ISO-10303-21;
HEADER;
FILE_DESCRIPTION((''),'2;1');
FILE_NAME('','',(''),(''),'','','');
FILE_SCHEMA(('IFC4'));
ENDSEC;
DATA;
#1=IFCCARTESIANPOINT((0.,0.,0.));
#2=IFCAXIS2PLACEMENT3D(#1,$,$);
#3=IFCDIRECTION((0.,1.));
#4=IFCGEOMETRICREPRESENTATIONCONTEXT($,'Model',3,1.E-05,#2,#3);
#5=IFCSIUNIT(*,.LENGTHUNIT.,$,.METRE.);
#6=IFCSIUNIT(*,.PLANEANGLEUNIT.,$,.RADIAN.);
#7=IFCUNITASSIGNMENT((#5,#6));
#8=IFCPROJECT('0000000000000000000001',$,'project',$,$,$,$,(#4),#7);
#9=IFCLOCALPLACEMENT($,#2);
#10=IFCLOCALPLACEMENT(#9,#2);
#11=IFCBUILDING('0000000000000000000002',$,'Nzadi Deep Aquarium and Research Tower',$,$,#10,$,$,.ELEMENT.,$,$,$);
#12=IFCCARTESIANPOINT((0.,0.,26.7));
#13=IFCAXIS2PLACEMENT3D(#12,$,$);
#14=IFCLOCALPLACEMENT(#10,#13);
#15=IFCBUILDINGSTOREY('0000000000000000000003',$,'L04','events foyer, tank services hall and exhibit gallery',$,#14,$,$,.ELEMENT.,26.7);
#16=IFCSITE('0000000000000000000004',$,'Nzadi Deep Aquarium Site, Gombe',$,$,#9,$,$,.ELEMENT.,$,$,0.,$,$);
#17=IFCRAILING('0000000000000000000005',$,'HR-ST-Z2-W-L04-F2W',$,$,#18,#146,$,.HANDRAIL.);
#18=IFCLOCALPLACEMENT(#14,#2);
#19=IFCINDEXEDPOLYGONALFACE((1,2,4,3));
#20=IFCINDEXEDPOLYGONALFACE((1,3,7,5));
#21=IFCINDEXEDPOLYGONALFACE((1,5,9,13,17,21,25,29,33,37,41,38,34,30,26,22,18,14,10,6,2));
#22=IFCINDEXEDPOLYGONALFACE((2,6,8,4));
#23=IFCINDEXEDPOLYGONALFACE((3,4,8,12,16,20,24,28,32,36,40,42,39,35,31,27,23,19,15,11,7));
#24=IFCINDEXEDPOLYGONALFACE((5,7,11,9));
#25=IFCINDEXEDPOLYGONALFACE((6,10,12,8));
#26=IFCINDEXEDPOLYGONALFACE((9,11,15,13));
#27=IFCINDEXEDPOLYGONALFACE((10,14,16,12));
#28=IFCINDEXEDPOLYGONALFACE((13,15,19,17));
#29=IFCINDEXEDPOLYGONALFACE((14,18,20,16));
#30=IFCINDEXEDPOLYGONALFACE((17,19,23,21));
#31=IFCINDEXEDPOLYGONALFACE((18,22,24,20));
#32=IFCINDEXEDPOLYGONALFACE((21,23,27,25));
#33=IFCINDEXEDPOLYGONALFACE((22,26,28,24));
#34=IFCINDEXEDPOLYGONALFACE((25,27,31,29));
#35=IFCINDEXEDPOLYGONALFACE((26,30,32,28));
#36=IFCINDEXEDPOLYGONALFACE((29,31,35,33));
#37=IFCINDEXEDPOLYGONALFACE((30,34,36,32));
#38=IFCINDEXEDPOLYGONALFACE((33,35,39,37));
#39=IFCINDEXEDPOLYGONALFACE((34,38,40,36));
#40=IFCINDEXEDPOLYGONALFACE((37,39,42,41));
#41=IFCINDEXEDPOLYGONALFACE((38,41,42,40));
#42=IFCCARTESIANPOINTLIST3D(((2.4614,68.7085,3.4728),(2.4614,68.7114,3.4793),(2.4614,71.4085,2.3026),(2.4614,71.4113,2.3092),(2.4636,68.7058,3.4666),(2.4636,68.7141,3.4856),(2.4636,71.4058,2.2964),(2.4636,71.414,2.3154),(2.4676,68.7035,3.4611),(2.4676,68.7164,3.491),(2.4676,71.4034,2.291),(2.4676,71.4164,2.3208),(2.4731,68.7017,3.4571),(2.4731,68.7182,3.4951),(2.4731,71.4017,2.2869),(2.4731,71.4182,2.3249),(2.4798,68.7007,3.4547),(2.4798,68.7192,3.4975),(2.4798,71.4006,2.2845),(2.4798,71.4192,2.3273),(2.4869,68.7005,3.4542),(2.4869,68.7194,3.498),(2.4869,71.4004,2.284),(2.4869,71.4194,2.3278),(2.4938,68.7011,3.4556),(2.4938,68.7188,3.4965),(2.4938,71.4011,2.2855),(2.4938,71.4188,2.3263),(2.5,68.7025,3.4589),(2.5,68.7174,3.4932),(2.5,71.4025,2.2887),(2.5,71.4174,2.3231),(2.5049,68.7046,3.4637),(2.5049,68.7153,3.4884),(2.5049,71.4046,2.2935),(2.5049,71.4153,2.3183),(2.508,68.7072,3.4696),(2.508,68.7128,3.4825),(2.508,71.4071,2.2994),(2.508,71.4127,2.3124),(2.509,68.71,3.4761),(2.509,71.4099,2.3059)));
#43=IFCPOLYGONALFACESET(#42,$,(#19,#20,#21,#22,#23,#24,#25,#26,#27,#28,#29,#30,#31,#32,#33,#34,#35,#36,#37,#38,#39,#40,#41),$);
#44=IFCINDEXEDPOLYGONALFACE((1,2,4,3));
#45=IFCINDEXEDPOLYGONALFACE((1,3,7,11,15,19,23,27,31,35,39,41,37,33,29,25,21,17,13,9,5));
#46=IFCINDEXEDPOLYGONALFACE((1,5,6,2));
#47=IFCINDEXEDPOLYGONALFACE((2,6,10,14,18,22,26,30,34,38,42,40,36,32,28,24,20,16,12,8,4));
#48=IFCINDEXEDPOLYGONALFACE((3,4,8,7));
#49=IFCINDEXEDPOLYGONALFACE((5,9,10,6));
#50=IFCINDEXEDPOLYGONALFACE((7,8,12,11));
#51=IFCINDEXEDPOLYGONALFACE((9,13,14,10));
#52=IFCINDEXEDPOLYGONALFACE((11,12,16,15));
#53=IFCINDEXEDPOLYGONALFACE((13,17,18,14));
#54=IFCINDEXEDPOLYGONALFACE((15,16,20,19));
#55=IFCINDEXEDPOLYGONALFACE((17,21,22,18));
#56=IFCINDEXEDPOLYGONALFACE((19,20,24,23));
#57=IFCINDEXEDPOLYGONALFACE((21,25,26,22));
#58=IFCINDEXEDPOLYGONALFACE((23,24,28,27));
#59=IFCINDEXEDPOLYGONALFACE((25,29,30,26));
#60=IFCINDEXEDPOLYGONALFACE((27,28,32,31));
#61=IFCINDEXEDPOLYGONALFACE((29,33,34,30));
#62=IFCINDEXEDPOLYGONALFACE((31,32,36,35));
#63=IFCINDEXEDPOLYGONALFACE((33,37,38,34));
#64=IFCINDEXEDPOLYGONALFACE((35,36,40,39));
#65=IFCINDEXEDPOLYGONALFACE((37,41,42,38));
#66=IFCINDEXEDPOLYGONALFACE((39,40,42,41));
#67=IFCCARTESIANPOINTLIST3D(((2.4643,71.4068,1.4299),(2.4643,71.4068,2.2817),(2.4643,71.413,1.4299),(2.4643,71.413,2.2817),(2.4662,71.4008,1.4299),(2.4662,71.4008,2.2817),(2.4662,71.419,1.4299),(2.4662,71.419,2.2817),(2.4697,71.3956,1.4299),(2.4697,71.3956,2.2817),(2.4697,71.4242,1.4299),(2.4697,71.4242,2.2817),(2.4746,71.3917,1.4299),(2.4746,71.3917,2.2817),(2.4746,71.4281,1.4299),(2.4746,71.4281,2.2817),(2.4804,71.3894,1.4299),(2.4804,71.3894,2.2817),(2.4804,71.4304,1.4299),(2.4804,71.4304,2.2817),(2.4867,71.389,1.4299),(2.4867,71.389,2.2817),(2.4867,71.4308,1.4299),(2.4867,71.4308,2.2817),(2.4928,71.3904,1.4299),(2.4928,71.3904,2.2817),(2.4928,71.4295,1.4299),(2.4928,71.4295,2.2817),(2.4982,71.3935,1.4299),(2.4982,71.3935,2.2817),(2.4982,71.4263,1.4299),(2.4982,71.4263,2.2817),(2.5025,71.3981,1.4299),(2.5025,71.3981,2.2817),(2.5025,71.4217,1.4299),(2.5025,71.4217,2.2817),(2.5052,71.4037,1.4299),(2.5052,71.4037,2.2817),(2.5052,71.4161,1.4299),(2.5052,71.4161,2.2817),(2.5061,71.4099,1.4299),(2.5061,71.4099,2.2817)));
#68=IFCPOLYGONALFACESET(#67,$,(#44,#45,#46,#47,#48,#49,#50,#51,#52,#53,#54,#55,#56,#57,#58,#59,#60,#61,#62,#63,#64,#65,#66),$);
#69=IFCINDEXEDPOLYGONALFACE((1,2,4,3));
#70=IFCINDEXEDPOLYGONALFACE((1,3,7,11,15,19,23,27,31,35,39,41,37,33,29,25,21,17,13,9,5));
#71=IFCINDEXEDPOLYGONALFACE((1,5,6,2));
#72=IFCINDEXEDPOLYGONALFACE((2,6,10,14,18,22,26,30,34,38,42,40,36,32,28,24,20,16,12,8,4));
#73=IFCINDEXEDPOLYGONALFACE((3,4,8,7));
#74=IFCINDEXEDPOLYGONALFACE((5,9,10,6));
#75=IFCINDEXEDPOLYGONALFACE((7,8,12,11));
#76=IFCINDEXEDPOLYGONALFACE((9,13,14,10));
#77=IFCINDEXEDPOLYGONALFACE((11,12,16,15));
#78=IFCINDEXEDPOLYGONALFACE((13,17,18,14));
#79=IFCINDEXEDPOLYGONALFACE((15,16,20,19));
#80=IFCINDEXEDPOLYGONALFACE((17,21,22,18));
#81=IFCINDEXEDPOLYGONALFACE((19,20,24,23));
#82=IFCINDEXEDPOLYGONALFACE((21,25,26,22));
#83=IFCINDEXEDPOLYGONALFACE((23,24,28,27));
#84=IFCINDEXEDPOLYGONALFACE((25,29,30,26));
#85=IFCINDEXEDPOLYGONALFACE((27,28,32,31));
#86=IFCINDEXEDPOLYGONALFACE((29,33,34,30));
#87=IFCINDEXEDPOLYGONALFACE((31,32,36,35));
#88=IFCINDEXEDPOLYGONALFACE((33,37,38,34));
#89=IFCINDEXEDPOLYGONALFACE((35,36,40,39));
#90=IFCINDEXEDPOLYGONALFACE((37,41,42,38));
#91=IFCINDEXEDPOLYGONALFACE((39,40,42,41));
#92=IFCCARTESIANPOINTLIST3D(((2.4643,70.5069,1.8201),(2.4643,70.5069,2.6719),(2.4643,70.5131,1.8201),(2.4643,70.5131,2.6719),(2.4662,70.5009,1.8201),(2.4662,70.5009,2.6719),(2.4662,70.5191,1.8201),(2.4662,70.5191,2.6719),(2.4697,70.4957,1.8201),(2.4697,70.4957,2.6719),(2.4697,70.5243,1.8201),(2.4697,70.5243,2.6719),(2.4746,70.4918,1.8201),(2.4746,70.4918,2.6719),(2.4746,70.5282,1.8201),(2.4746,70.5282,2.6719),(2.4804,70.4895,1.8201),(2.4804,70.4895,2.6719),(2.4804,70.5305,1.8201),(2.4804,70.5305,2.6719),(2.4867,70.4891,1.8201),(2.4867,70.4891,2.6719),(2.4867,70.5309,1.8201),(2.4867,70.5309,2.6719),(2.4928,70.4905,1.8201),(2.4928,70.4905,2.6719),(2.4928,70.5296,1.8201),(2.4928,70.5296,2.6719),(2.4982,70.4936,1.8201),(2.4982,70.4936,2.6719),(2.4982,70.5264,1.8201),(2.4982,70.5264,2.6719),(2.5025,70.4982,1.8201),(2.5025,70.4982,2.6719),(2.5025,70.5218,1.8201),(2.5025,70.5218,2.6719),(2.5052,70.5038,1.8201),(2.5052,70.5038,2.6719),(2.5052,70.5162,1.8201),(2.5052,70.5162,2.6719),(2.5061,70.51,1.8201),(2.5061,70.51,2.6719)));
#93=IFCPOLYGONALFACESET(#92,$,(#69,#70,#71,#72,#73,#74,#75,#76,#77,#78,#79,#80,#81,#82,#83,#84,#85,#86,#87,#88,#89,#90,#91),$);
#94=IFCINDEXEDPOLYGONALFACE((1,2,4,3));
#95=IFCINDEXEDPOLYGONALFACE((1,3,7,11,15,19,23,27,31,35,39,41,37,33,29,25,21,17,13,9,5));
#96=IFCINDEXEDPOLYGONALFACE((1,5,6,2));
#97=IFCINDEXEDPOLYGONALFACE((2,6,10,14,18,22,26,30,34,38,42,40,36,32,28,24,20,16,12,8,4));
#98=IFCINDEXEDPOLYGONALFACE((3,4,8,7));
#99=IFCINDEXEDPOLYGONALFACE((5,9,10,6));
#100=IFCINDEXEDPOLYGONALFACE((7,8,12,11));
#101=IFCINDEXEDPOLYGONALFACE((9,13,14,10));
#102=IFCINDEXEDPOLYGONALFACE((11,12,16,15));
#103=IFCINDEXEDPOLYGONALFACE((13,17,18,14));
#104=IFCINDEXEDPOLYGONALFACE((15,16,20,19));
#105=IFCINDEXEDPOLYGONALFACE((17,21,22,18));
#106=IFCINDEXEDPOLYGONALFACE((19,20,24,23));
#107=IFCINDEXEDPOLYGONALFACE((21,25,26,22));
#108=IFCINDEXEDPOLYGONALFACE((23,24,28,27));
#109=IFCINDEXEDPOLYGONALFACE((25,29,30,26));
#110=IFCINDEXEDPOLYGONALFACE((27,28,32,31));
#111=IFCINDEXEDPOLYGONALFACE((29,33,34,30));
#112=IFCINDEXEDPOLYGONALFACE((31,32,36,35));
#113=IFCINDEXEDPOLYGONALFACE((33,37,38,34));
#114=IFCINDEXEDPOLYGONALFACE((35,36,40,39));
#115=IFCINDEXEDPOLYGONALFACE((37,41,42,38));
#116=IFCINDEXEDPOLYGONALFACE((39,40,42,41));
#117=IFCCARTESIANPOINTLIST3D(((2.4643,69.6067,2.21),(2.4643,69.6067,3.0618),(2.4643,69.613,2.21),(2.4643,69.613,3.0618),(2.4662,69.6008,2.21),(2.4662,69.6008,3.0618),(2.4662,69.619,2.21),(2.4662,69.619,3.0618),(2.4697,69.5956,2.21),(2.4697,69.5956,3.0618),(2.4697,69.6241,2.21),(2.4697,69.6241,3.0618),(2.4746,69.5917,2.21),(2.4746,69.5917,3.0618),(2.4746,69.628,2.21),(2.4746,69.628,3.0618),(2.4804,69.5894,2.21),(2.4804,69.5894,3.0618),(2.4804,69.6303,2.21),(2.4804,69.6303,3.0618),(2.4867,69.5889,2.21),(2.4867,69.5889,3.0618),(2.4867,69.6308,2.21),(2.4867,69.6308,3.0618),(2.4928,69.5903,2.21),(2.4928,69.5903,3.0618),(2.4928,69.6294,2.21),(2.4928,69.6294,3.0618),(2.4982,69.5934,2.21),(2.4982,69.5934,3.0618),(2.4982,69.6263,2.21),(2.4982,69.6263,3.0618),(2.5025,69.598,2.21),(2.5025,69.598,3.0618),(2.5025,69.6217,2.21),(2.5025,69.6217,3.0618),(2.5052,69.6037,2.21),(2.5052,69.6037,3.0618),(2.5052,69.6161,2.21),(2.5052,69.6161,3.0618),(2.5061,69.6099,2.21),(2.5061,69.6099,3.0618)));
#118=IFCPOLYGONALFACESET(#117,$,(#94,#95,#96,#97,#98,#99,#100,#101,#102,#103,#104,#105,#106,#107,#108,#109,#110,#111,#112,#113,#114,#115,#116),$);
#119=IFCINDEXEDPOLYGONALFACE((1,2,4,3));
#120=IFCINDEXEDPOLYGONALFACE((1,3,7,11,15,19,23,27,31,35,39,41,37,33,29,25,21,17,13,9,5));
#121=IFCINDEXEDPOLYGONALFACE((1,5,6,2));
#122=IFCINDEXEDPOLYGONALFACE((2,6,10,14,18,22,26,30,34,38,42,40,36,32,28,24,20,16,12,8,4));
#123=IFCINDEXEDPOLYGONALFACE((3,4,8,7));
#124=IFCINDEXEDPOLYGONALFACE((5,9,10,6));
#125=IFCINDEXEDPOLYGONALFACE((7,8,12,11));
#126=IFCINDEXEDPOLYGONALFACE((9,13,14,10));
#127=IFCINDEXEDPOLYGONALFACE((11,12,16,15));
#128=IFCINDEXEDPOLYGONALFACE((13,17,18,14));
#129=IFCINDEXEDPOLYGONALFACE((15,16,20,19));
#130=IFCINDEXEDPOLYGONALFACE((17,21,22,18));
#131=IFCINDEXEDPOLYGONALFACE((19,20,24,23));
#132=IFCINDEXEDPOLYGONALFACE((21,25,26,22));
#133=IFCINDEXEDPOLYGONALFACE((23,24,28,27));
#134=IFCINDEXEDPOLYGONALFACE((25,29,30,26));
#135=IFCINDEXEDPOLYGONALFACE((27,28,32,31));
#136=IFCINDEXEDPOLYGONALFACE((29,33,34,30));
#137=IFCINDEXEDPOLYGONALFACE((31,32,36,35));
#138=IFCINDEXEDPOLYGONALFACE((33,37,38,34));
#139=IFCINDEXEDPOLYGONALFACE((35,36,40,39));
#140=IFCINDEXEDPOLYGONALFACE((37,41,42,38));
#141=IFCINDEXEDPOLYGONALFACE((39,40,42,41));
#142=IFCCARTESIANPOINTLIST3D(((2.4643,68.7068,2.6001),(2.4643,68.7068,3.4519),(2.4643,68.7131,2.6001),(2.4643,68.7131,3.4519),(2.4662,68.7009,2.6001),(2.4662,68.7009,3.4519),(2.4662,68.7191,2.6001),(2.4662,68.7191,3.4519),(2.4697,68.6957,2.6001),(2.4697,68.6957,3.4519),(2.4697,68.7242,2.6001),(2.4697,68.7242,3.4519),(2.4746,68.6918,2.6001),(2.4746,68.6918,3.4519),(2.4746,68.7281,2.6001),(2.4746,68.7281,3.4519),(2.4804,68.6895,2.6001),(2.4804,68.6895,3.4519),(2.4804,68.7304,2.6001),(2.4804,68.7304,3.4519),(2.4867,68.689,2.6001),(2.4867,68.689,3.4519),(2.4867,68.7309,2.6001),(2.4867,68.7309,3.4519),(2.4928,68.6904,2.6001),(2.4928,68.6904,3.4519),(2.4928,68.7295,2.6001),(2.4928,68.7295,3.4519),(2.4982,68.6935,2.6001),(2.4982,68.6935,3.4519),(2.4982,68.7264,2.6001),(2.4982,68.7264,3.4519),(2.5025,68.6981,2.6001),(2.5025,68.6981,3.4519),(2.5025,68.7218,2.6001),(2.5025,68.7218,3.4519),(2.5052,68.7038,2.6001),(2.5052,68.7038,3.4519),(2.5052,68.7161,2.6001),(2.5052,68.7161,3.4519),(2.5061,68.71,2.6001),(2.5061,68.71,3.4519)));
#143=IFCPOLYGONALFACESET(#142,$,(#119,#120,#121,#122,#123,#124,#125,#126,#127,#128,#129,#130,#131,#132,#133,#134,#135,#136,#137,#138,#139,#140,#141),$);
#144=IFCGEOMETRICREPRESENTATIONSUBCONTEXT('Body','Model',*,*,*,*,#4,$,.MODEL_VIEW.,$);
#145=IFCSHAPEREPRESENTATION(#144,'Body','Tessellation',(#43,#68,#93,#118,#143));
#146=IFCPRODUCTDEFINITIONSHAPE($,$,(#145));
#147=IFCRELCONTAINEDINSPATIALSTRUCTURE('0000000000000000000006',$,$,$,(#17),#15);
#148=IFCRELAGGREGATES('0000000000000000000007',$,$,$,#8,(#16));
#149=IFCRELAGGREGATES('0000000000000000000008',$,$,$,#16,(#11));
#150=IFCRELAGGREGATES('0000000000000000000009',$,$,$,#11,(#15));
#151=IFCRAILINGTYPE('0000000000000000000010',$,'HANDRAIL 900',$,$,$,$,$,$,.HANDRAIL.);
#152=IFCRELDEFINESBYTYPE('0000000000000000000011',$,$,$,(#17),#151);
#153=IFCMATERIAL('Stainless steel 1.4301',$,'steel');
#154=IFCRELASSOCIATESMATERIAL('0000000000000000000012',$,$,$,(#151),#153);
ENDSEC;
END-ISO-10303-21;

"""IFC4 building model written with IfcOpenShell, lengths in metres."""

from ifc_helpers import new_model, si_unit, direction, frame, origin, origin_2d, place, context, subcontext, project, spatial, circle, extrude, material, type_object, element, save


model = new_model("IFC4")

# Units and contexts
model_context = context("Model", 3, precision=1e-05, world=origin(), true_north=direction((0.0, 1.0)))
body_context = subcontext(model_context, "Body", "Model", "MODEL_VIEW")
ifc_project = project(units=[si_unit("LENGTHUNIT", "METRE"), si_unit("PLANEANGLEUNIT", "RADIAN")], contexts=[model_context])

# Site, building, storey
site_placement = place(None, origin())
site = spatial("IfcSite", under=ifc_project, at=site_placement, Name="Nzadi Deep Aquarium Site, Gombe", CompositionType="ELEMENT", RefElevation=0.0)
building_placement = place(site_placement, origin())
building = spatial("IfcBuilding", under=site, at=building_placement, Name="Nzadi Deep Aquarium and Research Tower", CompositionType="ELEMENT")
storey_placement = place(building_placement, frame((0.0, 0.0, 26.7)))
storey = spatial("IfcBuildingStorey", under=building, at=storey_placement, Name="L04", Description="events foyer, tank services hall and exhibit gallery", CompositionType="ELEMENT", Elevation=26.7)

# Railing
ifc_material_1 = material(Name="Stainless steel 1.4301", Category="steel")
railing_type_1 = type_object("IfcRailingType", Name="HANDRAIL 900", PredefinedType="HANDRAIL", material=ifc_material_1)
for number, where, name in (
    (1, (2.4851, 71.4099, 1.4299), "HR-ST-Z2-W-L04-F2W"),
):
    element("IfcRailing", number, at=place(storey_placement, frame(where)), inside=storey, type_object=railing_type_1, Name=name, PredefinedType="HANDRAIL", context=body_context, shape_type="SweptSolid", body=[
        extrude(circle(Radius=0.0239, at=origin_2d()), frame((0.0, 0.0, 0.876), z_axis=(0.0, -0.917532, 0.397661), x_axis=(1.0, 0.0, 0.0)), (0.0, 0.0, 1.0), 2.9426),
        extrude(circle(Radius=0.021, at=origin_2d()), origin(), (0.0, 0.0, 1.0), 0.8518),
        extrude(circle(Radius=0.021, at=origin_2d()), frame((0.0, -0.8999, 0.3901)), (0.0, 0.0, 1.0), 0.8518),
        extrude(circle(Radius=0.021, at=origin_2d()), frame((0.0, -1.8, 0.78)), (0.0, 0.0, 1.0), 0.8518),
        extrude(circle(Radius=0.021, at=origin_2d()), frame((0.0, -2.7, 1.1702)), (0.0, 0.0, 1.0), 0.8518),
    ])

save(model, "model.ifc")
